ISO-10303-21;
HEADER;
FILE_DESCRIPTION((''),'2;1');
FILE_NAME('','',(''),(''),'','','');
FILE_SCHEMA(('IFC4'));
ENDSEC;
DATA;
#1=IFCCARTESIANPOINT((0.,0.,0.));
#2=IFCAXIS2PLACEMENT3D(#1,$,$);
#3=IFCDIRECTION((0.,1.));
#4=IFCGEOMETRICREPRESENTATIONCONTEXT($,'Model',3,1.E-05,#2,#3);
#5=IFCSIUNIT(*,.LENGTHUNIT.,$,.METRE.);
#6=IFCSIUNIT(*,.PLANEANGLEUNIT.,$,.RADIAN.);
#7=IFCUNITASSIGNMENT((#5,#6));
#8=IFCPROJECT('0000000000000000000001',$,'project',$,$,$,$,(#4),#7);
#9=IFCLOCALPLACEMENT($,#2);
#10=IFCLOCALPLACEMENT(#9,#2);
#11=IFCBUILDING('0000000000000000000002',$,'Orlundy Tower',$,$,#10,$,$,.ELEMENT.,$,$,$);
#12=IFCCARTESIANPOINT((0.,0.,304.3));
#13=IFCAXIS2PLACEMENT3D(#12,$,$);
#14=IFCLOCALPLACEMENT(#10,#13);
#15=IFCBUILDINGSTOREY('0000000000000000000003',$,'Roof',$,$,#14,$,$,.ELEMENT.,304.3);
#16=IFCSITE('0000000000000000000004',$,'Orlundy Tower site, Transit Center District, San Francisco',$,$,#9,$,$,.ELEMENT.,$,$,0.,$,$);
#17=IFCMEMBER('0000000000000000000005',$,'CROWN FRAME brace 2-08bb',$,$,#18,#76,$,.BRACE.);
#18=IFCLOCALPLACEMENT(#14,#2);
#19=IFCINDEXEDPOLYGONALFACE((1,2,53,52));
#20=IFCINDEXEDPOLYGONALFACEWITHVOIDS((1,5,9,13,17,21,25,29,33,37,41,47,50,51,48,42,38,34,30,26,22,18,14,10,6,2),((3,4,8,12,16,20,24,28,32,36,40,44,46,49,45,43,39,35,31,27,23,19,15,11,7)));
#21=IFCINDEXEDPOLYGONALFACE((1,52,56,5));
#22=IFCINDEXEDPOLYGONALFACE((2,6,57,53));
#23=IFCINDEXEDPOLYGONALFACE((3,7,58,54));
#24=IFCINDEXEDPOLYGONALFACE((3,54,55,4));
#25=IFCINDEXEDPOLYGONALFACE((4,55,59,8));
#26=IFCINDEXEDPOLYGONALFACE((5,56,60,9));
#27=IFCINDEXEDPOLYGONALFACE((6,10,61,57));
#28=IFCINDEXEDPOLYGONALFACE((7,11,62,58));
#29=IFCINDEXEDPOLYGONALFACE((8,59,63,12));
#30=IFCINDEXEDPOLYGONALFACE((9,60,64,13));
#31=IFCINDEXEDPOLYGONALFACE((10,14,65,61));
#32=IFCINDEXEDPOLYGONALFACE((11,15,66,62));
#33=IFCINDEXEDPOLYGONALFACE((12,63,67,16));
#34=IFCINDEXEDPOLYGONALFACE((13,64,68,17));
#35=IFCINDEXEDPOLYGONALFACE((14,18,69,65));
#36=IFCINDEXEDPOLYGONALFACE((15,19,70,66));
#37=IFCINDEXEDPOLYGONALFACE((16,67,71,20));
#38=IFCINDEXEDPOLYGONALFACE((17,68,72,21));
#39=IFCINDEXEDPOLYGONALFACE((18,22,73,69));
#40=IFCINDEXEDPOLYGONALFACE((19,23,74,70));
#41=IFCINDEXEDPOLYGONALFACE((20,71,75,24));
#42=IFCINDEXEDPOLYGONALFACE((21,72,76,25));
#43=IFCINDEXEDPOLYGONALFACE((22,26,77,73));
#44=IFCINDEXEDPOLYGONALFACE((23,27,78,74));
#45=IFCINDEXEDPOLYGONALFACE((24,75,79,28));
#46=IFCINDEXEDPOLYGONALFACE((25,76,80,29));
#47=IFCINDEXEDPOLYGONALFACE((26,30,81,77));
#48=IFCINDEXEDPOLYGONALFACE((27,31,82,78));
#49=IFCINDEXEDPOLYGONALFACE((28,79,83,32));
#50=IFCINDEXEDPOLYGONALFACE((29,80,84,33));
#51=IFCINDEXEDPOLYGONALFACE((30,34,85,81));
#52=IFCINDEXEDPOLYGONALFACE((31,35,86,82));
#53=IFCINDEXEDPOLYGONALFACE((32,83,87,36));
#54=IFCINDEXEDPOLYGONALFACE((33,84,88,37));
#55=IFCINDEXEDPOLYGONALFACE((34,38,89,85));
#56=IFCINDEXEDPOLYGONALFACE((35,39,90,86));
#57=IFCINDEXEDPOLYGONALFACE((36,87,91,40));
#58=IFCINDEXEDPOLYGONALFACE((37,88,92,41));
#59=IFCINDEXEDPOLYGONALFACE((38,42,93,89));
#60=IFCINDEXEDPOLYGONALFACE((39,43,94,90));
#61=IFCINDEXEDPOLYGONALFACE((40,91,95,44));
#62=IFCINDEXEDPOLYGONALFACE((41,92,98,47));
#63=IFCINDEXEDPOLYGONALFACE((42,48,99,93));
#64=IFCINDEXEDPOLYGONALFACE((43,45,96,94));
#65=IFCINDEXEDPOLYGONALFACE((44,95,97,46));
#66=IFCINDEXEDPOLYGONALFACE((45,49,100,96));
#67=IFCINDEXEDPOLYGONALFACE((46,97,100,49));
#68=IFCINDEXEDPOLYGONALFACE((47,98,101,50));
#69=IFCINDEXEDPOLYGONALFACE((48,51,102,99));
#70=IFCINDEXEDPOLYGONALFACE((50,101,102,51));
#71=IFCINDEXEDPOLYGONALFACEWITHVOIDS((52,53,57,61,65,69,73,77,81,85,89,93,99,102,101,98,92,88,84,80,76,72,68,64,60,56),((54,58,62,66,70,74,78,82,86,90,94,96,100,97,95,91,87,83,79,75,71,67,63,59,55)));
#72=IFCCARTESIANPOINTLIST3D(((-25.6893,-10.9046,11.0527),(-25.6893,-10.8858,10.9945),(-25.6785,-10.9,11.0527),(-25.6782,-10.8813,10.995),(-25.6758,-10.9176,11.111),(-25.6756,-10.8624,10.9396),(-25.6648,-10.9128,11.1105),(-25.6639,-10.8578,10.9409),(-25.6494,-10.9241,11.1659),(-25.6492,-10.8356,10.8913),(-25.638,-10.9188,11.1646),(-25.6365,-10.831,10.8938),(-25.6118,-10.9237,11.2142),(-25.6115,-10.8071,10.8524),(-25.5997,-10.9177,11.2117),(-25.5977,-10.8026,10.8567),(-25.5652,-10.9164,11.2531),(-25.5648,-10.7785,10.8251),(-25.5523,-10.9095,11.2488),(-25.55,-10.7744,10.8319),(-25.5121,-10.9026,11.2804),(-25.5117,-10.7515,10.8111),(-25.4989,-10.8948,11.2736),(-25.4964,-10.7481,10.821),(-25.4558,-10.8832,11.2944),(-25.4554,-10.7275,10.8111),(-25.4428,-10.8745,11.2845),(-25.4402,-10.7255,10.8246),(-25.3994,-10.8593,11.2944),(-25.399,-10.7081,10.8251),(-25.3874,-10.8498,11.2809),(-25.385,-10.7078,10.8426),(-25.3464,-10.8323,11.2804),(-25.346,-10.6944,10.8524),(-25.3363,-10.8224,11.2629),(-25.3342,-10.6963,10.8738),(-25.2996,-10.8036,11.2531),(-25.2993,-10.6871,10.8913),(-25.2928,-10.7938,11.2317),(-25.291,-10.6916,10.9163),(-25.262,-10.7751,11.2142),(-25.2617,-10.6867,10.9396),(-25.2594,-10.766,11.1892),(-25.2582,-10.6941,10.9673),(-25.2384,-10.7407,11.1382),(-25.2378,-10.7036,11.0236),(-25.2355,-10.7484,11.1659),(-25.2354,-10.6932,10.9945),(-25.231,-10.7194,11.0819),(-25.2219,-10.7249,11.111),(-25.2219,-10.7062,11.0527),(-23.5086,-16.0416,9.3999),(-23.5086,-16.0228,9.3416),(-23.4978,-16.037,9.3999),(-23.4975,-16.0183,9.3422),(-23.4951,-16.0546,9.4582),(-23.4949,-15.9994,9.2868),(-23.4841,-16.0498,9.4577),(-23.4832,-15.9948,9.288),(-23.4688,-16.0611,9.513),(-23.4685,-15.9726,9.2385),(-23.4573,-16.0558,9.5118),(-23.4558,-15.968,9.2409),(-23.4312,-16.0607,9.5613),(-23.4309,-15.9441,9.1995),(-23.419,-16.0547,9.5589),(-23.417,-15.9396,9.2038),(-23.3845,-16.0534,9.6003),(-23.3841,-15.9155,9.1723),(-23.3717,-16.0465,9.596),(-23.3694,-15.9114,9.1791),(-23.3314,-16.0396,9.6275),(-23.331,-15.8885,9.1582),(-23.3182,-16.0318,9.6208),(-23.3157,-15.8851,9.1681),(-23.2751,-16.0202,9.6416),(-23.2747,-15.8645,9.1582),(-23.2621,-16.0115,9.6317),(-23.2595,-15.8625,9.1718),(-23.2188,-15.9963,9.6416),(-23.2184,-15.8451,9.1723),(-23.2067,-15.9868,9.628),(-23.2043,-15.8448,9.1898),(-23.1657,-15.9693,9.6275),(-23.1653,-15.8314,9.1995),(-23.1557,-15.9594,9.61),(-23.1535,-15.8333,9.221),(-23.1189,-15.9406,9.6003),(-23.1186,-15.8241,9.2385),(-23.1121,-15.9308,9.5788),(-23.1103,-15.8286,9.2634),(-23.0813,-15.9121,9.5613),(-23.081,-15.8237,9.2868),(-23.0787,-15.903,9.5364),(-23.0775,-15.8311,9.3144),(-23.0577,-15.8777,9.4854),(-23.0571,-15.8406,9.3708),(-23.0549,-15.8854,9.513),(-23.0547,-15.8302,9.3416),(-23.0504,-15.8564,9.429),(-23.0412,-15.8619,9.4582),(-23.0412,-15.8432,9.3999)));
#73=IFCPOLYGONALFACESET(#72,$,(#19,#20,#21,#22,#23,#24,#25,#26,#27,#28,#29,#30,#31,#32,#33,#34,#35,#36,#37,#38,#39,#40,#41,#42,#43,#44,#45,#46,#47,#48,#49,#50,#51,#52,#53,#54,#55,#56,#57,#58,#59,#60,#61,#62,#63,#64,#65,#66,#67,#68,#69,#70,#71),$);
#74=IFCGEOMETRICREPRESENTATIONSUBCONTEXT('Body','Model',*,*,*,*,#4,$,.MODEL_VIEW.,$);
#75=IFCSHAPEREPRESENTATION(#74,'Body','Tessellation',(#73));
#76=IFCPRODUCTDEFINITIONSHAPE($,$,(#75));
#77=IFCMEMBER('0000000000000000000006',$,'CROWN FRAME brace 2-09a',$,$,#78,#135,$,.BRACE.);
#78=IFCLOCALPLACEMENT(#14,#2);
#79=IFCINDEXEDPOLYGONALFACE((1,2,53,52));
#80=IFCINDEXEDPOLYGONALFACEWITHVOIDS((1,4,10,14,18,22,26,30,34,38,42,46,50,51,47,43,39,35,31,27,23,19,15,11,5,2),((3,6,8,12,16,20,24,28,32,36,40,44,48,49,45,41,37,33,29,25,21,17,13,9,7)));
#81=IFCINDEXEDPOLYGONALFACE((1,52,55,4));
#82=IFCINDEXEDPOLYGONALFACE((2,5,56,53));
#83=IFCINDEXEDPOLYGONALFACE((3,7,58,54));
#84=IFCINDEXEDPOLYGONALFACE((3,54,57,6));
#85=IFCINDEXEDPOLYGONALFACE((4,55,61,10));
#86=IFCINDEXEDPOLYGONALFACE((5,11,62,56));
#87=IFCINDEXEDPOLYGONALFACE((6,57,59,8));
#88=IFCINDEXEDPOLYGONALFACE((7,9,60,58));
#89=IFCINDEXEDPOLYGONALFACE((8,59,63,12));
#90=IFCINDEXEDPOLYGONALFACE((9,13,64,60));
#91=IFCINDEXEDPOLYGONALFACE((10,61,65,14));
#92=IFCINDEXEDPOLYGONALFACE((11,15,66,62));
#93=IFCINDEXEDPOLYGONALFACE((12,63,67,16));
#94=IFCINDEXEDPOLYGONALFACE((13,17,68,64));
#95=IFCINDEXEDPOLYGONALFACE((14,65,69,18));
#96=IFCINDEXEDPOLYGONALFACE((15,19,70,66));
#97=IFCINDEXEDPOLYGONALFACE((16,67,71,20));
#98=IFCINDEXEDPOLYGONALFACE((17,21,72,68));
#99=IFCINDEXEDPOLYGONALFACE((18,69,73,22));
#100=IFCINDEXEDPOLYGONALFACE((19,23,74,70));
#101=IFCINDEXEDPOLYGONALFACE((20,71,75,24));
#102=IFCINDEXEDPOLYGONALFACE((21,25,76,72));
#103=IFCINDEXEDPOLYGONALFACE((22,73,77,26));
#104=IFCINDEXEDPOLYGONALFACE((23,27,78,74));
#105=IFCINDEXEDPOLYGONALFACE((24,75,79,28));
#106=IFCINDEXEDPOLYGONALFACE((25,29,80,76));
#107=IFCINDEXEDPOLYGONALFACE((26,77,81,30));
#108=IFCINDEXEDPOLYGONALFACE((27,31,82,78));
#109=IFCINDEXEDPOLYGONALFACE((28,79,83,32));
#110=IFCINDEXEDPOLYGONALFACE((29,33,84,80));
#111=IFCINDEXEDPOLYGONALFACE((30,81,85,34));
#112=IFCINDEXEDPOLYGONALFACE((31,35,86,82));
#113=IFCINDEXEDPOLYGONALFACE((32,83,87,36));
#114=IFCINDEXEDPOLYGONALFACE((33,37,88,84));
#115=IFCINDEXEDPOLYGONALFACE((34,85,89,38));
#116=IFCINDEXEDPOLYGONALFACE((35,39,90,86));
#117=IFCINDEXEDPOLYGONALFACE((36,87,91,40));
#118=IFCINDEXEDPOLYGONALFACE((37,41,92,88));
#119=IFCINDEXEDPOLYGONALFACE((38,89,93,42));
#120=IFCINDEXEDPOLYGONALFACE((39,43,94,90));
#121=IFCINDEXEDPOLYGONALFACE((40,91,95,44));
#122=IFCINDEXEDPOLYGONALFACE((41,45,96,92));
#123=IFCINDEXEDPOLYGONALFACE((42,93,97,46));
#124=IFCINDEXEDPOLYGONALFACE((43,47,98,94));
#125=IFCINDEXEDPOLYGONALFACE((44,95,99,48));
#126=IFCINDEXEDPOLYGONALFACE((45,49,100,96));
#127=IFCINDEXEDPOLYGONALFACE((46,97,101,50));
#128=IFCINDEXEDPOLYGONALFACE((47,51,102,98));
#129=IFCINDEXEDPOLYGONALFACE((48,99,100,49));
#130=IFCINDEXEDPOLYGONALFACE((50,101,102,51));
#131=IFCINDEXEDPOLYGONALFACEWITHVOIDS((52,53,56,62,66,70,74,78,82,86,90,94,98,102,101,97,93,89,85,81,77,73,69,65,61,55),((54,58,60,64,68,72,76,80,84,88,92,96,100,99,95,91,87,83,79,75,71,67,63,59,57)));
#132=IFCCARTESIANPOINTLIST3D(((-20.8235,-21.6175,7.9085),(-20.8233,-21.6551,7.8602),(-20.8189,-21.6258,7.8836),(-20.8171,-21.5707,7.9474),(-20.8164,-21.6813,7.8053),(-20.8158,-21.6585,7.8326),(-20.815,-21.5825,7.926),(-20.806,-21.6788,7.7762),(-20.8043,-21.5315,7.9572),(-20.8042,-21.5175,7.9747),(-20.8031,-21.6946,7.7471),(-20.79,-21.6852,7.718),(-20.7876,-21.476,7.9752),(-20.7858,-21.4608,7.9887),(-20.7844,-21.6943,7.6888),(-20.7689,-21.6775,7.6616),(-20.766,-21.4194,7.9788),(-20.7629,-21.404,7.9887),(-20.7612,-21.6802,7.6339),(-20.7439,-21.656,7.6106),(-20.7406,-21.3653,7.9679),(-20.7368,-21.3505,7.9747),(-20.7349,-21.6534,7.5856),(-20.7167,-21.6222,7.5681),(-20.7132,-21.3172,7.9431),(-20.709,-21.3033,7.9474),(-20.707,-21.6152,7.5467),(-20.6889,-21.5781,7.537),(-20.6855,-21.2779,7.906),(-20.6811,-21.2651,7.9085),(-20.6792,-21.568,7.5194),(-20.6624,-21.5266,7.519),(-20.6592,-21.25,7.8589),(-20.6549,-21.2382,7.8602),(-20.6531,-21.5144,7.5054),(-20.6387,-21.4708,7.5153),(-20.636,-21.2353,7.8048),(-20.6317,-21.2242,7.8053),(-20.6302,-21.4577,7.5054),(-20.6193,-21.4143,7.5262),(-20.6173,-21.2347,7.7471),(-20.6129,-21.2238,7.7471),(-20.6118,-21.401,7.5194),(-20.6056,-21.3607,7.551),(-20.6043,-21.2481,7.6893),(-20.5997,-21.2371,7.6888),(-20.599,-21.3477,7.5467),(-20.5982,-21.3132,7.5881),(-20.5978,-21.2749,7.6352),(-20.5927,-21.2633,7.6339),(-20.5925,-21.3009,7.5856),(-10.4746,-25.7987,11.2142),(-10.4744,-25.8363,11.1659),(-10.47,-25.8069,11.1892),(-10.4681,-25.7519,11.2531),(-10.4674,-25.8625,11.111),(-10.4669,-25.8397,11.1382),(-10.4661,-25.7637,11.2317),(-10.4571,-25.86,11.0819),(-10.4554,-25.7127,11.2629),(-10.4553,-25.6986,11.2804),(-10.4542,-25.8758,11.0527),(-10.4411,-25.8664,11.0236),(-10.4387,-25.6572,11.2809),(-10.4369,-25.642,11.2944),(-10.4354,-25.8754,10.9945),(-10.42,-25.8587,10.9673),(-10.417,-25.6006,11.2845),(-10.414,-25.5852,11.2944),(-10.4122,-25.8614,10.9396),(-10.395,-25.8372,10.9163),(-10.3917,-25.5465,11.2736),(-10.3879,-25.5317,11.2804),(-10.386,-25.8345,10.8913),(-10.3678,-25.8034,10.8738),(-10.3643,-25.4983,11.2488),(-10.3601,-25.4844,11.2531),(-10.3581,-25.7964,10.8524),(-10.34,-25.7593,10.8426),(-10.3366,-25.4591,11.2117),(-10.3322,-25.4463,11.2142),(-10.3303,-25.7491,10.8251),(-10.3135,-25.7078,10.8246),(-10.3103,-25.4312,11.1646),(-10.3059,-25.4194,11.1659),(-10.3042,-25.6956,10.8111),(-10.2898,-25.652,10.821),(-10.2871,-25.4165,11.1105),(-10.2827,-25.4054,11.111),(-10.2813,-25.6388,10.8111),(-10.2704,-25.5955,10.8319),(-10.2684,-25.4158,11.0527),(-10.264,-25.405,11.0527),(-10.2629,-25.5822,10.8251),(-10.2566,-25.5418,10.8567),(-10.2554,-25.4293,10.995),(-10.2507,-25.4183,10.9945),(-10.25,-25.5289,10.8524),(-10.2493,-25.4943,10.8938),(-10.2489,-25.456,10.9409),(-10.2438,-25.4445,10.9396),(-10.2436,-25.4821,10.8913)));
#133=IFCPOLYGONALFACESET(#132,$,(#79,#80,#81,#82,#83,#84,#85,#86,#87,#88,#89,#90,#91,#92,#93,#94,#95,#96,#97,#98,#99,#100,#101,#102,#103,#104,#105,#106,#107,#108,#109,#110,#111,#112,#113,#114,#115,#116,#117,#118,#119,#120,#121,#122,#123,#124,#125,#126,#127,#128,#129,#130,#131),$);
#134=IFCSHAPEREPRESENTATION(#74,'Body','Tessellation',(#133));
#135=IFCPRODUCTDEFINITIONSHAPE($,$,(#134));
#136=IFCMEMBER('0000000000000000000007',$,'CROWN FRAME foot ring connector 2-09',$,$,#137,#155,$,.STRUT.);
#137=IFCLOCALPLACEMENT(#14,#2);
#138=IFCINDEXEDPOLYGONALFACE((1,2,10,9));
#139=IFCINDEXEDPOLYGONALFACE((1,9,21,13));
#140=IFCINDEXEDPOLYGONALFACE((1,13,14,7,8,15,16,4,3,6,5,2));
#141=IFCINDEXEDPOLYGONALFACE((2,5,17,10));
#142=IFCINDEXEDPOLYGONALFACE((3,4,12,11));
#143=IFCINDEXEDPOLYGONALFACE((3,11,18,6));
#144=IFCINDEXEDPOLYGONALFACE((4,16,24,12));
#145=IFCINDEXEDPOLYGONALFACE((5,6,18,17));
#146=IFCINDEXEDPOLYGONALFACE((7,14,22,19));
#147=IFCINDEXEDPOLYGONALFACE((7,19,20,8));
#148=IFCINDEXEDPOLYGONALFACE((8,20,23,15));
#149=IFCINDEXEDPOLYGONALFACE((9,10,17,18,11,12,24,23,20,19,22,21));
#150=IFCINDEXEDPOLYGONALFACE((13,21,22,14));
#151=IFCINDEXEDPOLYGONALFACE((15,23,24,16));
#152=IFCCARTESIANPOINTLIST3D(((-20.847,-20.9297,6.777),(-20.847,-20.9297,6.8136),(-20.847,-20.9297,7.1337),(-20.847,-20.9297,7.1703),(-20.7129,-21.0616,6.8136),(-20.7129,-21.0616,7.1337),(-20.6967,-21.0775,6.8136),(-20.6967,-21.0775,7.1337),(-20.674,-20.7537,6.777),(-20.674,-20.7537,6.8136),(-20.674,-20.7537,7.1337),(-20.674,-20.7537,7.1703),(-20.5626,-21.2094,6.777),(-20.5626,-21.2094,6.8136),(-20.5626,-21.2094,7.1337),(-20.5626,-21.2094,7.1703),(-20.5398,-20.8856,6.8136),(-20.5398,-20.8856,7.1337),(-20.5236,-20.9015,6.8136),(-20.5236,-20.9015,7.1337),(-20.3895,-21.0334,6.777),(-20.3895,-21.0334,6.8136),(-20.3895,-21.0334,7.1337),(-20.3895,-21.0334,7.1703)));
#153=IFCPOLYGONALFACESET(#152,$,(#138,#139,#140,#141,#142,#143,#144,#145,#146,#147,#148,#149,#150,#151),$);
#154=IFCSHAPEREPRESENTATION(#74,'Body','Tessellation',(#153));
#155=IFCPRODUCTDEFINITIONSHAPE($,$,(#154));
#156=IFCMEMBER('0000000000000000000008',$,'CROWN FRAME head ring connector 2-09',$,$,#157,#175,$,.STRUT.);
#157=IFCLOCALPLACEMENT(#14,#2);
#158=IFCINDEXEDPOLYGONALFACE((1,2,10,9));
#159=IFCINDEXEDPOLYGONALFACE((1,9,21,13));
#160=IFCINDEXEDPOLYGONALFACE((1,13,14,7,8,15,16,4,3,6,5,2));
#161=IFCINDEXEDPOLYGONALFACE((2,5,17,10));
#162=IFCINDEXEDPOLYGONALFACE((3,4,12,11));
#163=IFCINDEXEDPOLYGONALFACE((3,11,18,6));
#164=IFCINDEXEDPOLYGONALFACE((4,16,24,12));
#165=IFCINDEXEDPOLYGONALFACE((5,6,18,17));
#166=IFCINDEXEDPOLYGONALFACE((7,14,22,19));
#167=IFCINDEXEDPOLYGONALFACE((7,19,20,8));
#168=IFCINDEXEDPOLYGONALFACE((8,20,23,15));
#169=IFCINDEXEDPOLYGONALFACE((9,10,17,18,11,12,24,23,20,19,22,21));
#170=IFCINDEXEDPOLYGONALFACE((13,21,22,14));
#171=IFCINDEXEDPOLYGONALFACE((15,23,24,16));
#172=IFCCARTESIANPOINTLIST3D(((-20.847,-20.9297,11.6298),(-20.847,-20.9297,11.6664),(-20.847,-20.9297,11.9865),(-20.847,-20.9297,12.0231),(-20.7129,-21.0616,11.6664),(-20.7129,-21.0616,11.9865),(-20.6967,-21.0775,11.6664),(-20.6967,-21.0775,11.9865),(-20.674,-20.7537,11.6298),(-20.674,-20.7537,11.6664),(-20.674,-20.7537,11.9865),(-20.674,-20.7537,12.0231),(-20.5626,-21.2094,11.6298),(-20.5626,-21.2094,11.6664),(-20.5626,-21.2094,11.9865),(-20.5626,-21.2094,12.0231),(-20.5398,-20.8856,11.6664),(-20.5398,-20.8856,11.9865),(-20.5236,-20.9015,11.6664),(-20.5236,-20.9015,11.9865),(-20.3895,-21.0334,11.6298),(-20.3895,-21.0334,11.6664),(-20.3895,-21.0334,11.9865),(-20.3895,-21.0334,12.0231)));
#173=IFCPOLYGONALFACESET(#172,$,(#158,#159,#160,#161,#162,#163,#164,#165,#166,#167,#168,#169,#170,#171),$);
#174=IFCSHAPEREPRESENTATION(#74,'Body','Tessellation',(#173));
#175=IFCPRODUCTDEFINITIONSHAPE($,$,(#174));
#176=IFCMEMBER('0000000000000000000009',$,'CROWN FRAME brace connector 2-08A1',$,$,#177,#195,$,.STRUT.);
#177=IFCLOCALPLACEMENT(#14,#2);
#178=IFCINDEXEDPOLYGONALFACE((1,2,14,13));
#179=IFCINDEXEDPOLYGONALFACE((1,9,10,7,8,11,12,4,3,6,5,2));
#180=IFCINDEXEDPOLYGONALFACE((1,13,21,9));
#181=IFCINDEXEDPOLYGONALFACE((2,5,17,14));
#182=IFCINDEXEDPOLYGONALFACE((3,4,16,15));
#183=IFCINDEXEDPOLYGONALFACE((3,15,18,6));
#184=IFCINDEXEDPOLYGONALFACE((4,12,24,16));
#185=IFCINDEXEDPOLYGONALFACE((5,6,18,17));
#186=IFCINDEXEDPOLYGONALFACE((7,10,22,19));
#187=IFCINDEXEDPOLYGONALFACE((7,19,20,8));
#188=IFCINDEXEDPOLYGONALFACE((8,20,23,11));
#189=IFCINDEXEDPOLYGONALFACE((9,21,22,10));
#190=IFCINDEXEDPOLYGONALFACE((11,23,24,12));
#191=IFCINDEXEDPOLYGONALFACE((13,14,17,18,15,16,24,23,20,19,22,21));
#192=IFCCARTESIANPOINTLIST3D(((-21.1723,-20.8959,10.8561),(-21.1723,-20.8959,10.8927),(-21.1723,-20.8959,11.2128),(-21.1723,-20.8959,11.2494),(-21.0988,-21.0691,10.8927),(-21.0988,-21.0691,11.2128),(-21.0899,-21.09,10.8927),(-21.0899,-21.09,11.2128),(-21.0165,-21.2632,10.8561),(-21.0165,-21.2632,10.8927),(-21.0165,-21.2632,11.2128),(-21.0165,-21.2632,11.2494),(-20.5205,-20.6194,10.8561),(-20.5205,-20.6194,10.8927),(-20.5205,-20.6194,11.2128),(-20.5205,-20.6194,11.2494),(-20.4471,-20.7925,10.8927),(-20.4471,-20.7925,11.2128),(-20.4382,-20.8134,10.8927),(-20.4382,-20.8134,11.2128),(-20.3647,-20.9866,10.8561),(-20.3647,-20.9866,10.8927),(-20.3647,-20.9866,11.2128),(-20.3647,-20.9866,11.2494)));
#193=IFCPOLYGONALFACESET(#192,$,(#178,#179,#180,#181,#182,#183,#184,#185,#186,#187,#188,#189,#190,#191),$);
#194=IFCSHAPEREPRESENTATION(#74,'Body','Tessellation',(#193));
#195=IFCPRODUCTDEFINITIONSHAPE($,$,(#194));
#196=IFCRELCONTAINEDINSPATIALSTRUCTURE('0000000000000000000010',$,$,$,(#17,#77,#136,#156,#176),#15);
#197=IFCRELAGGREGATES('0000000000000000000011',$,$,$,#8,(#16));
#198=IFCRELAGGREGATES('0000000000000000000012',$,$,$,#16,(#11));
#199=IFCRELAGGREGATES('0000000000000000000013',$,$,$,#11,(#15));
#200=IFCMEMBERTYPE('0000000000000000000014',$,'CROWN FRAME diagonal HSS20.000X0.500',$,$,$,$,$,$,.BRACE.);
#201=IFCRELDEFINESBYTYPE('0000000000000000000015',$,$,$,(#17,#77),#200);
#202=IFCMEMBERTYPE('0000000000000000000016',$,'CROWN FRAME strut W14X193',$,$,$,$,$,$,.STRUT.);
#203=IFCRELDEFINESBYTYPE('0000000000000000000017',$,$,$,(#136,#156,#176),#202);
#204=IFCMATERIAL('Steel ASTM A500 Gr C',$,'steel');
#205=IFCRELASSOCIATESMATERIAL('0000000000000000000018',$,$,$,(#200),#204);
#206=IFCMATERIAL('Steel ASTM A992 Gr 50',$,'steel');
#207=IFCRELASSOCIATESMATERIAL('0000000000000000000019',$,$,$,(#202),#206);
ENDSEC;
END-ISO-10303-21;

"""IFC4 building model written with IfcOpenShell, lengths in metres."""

from ifc_helpers import new_model, si_unit, direction, frame, origin, origin_2d, place, context, subcontext, project, spatial, hollow_circle, i_section, extrude, material, material_profile, profile_set, type_object, element, save


model = new_model("IFC4")

# Units and contexts
model_context = context("Model", 3, precision=1e-05, world=origin(), true_north=direction((0.0, 1.0)))
body_context = subcontext(model_context, "Body", "Model", "MODEL_VIEW")
ifc_project = project(units=[si_unit("LENGTHUNIT", "METRE"), si_unit("PLANEANGLEUNIT", "RADIAN")], contexts=[model_context])

# Site, building, storey
site_placement = place(None, origin())
site = spatial("IfcSite", under=ifc_project, at=site_placement, Name="Orlundy Tower site, Transit Center District, San Francisco", CompositionType="ELEMENT", RefElevation=0.0)
building_placement = place(site_placement, origin())
building = spatial("IfcBuilding", under=site, at=building_placement, Name="Orlundy Tower", CompositionType="ELEMENT")
storey_placement = place(building_placement, frame((0.0, 0.0, 304.3)))
storey = spatial("IfcBuildingStorey", under=building, at=storey_placement, Name="Roof", CompositionType="ELEMENT", Elevation=304.3)

# Members
ifc_material_1 = material(Name="Steel ASTM A500 Gr C", Category="steel")
ifc_material_profile_1 = material_profile(ifc_material_1, hollow_circle(Radius=0.2539, WallThickness=0.0117, at=origin_2d()), Name="HSS20.000X0.500")
ifc_profile_set_1 = profile_set([ifc_material_profile_1], Name="Steel ASTM A500 Gr C")
member_type_1 = type_object("IfcMemberType", Name="CROWN FRAME diagonal HSS20.000X0.500", PredefinedType="BRACE", material=ifc_profile_set_1)
for number, where, z_axis, x_axis, name in (
    (1, (-23.2749, -15.9424, 9.3999), (-0.374667, 0.882599, 0.283979), (-0.920495, -0.390754, 0.0), "CROWN FRAME brace 2-08bb"),
):
    element("IfcMember", number, at=place(storey_placement, frame(where, z_axis=z_axis, x_axis=x_axis)), inside=storey, type_object=member_type_1, Name=name, PredefinedType="BRACE", context=body_context, shape_type="SweptSolid", body=[
        extrude(hollow_circle(Radius=0.2539, WallThickness=0.0117, at=origin_2d()), origin(), (0.0, 0.0, 1.0), 5.8203),
    ])
member_1_placement = place(storey_placement, frame((-20.708, -21.4592, 7.7471), z_axis=(0.889016, -0.35918, 0.283972), x_axis=(0.374602, 0.927186, 0.0)))
element("IfcMember", 2, at=member_1_placement, inside=storey, type_object=member_type_1, Name="CROWN FRAME brace 2-09a", PredefinedType="BRACE", context=body_context, shape_type="SweptSolid", body=[
    extrude(hollow_circle(Radius=0.2539, WallThickness=0.0117, at=origin_2d()), origin(), (0.0, 0.0, 1.0), 11.6409),
])
ifc_material_2 = material(Name="Steel ASTM A992 Gr 50", Category="steel")
ifc_material_profile_2 = material_profile(ifc_material_2, i_section(OverallWidth=0.3989, OverallDepth=0.3933, WebThickness=0.0227, FlangeThickness=0.0366, at=origin_2d()), Name="W14X193")
ifc_profile_set_2 = profile_set([ifc_material_profile_2], Name="Steel ASTM A992 Gr 50")
member_type_2 = type_object("IfcMemberType", Name="CROWN FRAME strut W14X193", PredefinedType="STRUT", material=ifc_profile_set_2)
for number, where, z_axis, x_axis, name in (
    (3, (-20.5317, -20.8936, 6.9736), (-0.701148, -0.713015, 0.0), (0.713015, -0.701148, 0.0), "CROWN FRAME foot ring connector 2-09"),
    (4, (-20.5317, -20.8936, 11.8264), (-0.701148, -0.713015, 0.0), (0.713015, -0.701148, 0.0), "CROWN FRAME head ring connector 2-09"),
):
    element("IfcMember", number, at=place(storey_placement, frame(where, z_axis=z_axis, x_axis=x_axis)), inside=storey, type_object=member_type_2, Name=name, PredefinedType="STRUT", context=body_context, shape_type="SweptSolid", body=[
        extrude(i_section(OverallWidth=0.3989, OverallDepth=0.3933, WebThickness=0.0227, FlangeThickness=0.0366, at=origin_2d()), origin(), (0.0, 0.0, 1.0), 0.2468),
    ])
for number, where, z_axis, x_axis, name in (
    (5, (-20.4426, -20.803, 11.0527), (-0.920548, -0.39063, 0.0), (0.39063, -0.920548, 0.0), "CROWN FRAME brace connector 2-08A1"),
):
    element("IfcMember", number, at=place(storey_placement, frame(where, z_axis=z_axis, x_axis=x_axis)), inside=storey, type_object=member_type_2, Name=name, PredefinedType="STRUT", context=body_context, shape_type="SweptSolid", body=[
        extrude(i_section(OverallWidth=0.3989, OverallDepth=0.3933, WebThickness=0.0227, FlangeThickness=0.0366, at=origin_2d()), origin(), (0.0, 0.0, 1.0), 0.708),
    ])

save(model, "model.ifc")
